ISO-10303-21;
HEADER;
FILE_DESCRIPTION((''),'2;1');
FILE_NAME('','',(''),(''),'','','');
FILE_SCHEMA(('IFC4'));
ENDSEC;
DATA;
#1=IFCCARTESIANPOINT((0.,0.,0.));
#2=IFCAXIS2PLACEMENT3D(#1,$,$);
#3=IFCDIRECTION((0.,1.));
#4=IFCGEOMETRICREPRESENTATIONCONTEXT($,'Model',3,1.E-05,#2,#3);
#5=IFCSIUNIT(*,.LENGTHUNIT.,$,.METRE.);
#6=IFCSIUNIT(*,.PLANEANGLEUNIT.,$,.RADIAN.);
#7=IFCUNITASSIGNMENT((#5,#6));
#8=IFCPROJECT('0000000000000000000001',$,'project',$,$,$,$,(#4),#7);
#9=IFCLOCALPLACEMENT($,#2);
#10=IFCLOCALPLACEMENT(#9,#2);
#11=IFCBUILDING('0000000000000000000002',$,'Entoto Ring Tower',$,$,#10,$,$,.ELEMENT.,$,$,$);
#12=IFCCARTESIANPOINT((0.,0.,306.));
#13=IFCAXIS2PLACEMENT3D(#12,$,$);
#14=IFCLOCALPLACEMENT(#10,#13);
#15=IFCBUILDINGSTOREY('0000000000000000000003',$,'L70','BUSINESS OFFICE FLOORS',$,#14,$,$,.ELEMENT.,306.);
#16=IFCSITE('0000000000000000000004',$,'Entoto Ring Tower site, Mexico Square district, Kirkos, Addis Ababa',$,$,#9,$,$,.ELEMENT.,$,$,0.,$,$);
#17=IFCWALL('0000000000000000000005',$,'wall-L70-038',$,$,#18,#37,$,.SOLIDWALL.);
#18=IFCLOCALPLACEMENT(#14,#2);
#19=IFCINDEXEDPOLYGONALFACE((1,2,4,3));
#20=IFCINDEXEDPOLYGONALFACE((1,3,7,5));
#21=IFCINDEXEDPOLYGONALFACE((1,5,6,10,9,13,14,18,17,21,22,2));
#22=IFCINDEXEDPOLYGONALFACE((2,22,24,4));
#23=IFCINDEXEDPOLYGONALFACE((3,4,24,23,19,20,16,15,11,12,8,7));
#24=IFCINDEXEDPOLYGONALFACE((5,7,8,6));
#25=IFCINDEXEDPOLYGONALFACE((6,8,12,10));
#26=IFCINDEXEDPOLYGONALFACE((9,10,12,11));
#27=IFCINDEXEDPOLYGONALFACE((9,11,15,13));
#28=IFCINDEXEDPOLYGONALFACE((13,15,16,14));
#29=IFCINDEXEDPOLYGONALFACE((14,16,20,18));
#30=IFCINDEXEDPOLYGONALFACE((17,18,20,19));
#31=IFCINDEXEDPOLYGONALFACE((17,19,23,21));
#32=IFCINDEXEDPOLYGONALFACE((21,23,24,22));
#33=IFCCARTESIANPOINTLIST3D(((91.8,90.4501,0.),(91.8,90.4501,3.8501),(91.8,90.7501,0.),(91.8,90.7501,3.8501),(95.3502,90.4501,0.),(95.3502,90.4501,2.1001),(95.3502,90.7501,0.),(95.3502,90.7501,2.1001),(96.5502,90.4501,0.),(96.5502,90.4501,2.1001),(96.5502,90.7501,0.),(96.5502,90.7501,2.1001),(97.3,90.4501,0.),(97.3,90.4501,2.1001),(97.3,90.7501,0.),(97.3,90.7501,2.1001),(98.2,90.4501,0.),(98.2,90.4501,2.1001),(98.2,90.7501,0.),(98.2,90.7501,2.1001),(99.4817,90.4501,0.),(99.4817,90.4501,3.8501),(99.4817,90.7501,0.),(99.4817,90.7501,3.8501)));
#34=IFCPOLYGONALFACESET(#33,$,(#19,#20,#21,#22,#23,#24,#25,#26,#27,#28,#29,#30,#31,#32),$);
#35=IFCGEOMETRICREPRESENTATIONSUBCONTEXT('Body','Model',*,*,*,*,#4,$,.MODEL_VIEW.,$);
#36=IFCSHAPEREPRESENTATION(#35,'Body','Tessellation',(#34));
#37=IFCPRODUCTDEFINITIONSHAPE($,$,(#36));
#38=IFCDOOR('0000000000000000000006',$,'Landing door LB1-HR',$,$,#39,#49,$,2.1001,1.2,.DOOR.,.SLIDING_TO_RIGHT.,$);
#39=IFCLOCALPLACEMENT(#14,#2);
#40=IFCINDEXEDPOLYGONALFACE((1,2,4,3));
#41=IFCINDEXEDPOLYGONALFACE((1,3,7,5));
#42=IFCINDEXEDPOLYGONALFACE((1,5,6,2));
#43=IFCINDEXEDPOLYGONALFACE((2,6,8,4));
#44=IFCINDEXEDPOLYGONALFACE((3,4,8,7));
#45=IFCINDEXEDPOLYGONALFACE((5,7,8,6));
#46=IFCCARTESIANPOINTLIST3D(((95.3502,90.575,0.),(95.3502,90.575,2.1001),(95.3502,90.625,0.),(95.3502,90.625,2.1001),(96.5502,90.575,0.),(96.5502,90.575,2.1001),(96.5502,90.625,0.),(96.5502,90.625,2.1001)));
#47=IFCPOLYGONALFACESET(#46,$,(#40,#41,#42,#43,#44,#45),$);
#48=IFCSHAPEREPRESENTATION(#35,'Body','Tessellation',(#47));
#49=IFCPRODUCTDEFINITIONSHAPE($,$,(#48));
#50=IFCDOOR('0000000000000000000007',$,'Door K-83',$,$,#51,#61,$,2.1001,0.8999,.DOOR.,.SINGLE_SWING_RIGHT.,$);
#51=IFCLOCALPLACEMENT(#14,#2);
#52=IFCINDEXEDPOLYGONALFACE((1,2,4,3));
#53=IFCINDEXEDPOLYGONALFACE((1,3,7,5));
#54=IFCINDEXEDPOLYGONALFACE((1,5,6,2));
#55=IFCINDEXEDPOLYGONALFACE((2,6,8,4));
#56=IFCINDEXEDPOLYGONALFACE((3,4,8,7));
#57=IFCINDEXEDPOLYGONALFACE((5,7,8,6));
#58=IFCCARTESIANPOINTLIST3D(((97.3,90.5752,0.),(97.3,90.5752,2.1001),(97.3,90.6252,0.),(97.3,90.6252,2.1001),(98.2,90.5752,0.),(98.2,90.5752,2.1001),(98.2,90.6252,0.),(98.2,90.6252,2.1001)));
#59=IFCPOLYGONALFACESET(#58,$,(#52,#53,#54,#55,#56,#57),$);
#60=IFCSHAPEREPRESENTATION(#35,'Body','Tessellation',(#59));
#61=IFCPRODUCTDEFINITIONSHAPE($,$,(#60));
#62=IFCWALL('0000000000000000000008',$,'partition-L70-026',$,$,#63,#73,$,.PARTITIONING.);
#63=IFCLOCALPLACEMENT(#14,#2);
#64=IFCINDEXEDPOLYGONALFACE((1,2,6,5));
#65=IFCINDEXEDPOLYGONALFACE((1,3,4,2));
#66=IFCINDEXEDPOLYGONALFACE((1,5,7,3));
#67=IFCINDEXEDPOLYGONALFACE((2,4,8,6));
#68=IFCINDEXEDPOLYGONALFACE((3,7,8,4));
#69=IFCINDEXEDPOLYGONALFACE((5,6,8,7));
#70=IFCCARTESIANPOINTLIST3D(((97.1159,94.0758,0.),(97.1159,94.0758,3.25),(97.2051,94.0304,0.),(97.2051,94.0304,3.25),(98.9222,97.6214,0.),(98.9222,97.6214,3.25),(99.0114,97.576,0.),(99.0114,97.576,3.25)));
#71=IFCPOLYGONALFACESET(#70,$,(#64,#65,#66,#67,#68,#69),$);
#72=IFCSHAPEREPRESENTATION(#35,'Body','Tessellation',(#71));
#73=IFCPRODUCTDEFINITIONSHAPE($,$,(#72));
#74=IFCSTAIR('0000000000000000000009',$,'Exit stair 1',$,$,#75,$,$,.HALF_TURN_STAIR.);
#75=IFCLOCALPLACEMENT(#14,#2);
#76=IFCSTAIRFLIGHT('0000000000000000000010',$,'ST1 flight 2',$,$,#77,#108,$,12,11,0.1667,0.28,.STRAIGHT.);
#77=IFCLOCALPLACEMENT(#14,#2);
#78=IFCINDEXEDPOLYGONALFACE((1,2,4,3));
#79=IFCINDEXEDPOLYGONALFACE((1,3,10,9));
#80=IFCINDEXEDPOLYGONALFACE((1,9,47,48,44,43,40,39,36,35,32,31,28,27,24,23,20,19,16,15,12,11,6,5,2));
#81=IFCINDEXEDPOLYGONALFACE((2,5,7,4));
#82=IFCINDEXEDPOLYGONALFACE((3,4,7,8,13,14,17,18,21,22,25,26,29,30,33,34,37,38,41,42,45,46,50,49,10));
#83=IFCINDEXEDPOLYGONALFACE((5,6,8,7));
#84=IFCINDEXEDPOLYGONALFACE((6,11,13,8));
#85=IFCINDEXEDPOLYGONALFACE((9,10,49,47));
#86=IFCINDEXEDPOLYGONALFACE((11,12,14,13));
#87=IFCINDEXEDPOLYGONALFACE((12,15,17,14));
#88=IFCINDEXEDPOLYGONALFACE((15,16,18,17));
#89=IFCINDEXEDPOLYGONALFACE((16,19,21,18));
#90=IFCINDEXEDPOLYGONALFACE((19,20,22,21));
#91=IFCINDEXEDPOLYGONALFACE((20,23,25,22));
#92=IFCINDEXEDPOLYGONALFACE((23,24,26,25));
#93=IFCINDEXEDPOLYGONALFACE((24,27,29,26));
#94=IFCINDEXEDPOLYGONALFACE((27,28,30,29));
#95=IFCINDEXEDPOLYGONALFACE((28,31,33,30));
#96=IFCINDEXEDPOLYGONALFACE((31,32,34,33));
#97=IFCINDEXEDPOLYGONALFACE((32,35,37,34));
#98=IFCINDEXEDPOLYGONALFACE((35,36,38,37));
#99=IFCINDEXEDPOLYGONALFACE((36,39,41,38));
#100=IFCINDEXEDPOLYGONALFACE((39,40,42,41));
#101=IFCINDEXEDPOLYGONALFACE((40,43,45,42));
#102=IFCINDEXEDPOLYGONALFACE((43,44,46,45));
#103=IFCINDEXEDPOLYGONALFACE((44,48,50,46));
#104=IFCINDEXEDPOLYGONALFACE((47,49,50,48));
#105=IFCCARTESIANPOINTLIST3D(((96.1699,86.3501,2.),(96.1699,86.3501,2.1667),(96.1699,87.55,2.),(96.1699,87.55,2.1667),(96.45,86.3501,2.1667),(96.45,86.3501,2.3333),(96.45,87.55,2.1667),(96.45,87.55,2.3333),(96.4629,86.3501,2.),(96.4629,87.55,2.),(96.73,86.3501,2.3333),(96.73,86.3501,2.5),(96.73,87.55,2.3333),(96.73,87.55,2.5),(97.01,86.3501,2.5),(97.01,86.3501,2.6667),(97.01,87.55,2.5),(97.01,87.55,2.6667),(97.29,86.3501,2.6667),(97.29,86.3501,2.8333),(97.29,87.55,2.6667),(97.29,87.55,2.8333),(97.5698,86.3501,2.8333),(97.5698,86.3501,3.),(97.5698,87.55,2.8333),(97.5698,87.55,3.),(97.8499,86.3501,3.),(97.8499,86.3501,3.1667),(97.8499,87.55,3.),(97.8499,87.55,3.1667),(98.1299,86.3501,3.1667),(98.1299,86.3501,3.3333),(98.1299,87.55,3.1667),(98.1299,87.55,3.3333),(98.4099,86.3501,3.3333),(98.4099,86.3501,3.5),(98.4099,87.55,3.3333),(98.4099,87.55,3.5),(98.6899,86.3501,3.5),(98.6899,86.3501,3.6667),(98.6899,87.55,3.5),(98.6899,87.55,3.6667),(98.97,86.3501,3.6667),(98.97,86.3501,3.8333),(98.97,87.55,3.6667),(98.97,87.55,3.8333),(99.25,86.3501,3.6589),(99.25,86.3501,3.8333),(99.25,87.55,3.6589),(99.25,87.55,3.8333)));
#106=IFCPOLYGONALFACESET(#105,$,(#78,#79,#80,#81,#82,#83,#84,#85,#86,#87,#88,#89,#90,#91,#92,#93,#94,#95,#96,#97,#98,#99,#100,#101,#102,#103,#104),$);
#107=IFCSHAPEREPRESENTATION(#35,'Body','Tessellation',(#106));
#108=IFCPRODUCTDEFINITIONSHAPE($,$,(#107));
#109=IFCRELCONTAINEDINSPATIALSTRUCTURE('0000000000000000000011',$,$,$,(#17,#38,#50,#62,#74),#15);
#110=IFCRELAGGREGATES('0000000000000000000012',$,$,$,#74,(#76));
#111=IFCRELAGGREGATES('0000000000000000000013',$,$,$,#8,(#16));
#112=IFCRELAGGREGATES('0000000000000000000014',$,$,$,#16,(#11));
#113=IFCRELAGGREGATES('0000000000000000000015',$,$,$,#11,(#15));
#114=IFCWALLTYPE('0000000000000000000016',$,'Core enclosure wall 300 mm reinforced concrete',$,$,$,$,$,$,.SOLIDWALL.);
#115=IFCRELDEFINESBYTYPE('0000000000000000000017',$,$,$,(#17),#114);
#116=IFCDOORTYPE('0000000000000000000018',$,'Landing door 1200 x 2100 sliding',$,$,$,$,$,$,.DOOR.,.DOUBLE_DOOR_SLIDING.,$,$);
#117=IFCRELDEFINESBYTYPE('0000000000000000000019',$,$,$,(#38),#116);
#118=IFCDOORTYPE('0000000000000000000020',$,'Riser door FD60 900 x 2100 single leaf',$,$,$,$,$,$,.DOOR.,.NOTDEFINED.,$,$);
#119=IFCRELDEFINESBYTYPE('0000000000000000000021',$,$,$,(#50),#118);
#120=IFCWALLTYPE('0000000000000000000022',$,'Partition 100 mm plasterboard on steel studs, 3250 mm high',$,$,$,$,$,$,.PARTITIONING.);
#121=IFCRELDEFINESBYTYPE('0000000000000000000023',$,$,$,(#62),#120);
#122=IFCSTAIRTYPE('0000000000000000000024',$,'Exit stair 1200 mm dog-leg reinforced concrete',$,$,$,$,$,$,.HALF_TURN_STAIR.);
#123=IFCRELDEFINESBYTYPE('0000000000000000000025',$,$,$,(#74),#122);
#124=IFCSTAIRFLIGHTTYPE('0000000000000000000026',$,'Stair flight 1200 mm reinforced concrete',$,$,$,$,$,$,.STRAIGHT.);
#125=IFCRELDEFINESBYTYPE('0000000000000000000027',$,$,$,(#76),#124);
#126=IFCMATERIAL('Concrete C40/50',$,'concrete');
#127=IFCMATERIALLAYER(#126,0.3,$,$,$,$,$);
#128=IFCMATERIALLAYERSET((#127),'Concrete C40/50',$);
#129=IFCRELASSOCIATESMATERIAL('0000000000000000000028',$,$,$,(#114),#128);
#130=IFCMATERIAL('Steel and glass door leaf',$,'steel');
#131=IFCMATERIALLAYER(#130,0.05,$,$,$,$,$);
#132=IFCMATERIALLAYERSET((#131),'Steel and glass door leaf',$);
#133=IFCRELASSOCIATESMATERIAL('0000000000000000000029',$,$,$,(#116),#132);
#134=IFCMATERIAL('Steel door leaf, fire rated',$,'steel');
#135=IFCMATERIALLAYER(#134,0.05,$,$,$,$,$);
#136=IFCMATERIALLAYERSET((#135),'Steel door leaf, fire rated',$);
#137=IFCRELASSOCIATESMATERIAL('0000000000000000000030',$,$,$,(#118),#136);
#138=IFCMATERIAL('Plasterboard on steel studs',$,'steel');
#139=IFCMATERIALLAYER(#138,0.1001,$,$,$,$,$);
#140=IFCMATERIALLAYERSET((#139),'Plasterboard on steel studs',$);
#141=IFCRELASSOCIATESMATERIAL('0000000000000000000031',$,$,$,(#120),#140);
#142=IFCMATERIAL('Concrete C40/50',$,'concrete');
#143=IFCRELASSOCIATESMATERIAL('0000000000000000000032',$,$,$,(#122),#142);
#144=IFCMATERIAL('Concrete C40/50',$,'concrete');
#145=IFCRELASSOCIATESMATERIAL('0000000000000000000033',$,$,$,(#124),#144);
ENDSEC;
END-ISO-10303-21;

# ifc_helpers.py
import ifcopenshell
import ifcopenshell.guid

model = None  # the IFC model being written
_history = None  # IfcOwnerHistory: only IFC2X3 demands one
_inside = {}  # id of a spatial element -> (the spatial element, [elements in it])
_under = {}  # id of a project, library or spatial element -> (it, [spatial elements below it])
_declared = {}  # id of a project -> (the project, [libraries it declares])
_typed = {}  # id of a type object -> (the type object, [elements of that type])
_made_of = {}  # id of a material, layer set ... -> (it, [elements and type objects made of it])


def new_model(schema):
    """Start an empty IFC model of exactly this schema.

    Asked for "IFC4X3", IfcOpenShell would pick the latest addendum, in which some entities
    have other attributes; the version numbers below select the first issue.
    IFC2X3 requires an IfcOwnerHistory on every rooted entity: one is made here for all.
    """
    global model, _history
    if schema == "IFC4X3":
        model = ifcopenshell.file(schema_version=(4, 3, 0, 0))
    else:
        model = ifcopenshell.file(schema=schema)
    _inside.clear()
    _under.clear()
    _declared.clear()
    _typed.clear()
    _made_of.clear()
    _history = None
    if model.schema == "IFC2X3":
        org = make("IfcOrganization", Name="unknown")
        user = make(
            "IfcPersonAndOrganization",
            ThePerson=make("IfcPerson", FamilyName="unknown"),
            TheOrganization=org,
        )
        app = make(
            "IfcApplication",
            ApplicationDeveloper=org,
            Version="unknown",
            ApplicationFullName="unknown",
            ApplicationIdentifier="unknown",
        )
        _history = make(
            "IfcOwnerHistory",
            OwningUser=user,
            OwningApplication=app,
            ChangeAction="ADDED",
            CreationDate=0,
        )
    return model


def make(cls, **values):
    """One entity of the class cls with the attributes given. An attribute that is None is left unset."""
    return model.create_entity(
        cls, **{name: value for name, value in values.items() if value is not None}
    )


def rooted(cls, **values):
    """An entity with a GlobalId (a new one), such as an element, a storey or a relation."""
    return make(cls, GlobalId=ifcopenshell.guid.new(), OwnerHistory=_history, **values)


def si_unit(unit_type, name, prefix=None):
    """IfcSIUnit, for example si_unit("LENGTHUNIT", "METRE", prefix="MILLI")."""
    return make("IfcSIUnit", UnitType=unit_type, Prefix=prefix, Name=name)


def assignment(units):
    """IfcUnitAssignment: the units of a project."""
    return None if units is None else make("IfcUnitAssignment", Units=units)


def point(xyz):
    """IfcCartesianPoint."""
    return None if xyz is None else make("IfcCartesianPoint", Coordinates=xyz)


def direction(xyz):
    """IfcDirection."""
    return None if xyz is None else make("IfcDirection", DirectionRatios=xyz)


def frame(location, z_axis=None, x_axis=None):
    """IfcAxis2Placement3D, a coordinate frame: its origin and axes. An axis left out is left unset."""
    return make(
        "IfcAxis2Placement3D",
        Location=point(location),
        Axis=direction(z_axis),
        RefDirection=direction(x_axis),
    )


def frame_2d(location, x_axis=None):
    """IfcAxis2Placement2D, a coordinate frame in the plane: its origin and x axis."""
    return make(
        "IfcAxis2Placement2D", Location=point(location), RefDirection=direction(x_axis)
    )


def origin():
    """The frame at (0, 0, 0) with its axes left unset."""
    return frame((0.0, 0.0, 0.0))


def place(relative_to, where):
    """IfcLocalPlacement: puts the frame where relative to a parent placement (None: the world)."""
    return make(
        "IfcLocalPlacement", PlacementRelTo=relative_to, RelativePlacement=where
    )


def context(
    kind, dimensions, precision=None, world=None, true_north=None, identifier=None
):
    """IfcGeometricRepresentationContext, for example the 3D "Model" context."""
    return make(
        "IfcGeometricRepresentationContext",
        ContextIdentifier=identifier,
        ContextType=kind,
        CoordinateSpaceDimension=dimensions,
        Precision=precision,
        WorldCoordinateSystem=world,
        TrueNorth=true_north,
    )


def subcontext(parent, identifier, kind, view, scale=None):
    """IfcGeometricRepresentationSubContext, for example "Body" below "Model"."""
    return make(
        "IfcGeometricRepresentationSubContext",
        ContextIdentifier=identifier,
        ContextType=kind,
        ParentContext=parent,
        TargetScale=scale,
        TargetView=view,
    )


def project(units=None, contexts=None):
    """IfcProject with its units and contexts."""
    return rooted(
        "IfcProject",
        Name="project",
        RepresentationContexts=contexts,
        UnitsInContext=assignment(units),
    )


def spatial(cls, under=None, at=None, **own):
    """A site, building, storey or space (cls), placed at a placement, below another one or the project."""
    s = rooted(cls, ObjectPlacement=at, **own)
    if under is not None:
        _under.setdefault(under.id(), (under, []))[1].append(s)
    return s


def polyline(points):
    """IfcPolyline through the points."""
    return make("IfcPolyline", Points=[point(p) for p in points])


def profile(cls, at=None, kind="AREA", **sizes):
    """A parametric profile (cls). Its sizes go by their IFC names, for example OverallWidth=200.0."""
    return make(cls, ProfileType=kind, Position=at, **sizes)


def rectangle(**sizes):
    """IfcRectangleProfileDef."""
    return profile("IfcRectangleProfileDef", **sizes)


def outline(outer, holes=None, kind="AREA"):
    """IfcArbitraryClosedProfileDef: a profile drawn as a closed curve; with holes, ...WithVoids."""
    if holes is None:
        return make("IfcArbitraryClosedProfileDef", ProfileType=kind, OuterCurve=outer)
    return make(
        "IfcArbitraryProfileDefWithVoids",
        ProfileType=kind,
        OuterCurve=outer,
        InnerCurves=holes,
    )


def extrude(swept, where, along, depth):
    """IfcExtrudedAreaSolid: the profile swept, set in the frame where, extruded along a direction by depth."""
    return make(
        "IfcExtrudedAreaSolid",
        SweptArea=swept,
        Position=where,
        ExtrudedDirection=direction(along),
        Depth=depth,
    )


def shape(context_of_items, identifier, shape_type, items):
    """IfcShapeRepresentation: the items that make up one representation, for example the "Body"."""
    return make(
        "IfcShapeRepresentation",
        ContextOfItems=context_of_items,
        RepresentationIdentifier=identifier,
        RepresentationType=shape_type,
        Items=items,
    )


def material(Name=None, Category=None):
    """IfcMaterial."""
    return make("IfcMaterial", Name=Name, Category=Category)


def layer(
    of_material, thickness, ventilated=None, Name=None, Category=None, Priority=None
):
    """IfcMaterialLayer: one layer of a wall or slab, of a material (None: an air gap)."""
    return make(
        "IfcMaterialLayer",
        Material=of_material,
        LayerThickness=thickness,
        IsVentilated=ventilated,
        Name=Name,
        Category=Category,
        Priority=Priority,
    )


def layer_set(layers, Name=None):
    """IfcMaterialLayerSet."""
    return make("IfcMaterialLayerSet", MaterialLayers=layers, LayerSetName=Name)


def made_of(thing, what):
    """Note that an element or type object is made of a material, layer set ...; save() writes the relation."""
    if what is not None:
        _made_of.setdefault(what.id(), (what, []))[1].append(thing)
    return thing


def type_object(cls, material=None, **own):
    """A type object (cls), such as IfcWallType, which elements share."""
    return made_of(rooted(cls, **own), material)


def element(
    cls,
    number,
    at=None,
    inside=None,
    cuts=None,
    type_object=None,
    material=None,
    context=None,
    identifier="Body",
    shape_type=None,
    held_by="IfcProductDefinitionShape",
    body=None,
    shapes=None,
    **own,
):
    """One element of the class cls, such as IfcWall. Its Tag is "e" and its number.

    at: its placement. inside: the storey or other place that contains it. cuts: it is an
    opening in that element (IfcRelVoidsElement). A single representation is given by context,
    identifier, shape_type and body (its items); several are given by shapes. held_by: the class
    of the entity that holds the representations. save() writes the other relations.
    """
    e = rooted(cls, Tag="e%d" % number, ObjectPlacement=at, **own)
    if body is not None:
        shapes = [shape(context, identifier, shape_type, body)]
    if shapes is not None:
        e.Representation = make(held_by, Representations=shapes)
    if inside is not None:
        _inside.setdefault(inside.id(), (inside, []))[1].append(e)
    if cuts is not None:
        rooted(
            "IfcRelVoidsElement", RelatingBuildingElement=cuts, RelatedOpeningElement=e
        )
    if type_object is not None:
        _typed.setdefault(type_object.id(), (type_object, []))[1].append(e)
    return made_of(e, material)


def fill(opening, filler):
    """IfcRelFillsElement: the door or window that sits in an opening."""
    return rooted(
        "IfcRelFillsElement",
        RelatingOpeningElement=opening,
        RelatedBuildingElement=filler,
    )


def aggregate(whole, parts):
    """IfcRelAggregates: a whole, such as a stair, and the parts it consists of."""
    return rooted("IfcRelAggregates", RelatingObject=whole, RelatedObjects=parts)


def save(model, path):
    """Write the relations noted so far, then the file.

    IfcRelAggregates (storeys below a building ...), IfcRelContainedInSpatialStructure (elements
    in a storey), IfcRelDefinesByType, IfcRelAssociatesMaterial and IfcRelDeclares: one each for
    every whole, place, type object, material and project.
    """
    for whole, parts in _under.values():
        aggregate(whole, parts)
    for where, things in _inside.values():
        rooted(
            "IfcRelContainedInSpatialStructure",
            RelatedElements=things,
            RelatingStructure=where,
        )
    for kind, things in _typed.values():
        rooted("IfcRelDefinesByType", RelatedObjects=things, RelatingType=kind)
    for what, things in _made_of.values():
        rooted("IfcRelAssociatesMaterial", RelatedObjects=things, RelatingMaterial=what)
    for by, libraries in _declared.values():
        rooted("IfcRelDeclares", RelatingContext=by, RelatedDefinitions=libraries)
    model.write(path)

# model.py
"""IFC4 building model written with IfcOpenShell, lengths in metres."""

from ifc_helpers import new_model, si_unit, direction, frame, frame_2d, origin, place, context, subcontext, project, spatial, polyline, rectangle, outline, extrude, material, layer, layer_set, type_object, element, fill, aggregate, save


model = new_model("IFC4")

# Units and contexts
model_context = context("Model", 3, precision=1e-05, world=origin(), true_north=direction((0.0, 1.0)))
body_context = subcontext(model_context, "Body", "Model", "MODEL_VIEW")
ifc_project = project(units=[si_unit("LENGTHUNIT", "METRE"), si_unit("PLANEANGLEUNIT", "RADIAN")], contexts=[model_context])

# Site, building, storey
site_placement = place(None, origin())
site = spatial("IfcSite", under=ifc_project, at=site_placement, Name="Entoto Ring Tower site, Mexico Square district, Kirkos, Addis Ababa", CompositionType="ELEMENT", RefElevation=0.0)
building_placement = place(site_placement, origin())
building = spatial("IfcBuilding", under=site, at=building_placement, Name="Entoto Ring Tower", CompositionType="ELEMENT")
storey_placement = place(building_placement, frame((0.0, 0.0, 306.0)))
storey = spatial("IfcBuildingStorey", under=building, at=storey_placement, Name="L70", Description="BUSINESS OFFICE FLOORS", CompositionType="ELEMENT", Elevation=306.0)

# Shared definitions
ifc_material_1 = material(Name="Concrete C40/50", Category="concrete")
ifc_layer_1 = layer(ifc_material_1, 0.3)
ifc_layer_set_1 = layer_set([ifc_layer_1], Name="Concrete C40/50")
wall_type_1 = type_object("IfcWallType", Name="Core enclosure wall 300 mm reinforced concrete", PredefinedType="SOLIDWALL", material=ifc_layer_set_1)

# Shared definitions
ifc_material_2 = material(Name="Steel and glass door leaf", Category="steel")
ifc_layer_2 = layer(ifc_material_2, 0.05)
ifc_layer_set_2 = layer_set([ifc_layer_2], Name="Steel and glass door leaf")
door_type_1 = type_object("IfcDoorType", Name="Landing door 1200 x 2100 sliding", OperationType="DOUBLE_DOOR_SLIDING", PredefinedType="DOOR", material=ifc_layer_set_2)

# Wall, openings, doors
wall_1_placement = place(storey_placement, frame((91.8, 90.6001, 0.0), z_axis=(0.0, 0.0, 1.0), x_axis=(1.0, 0.0, 0.0)))
wall_1 = element("IfcWall", 1, at=wall_1_placement, inside=storey, type_object=wall_type_1, Name="wall-L70-038", PredefinedType="SOLIDWALL", context=body_context, shape_type="SweptSolid", body=[
    extrude(rectangle(XDim=7.6816, YDim=0.3, at=frame_2d((3.8408, 0.0))), origin(), (0.0, 0.0, 1.0), 3.8501),
])
opening_1_placement = place(wall_1_placement, frame((3.55, 0.0, 0.0)))
opening_1 = element("IfcOpeningElement", 2, at=opening_1_placement, cuts=wall_1, PredefinedType="OPENING", context=body_context, shape_type="SweptSolid", body=[
    extrude(rectangle(XDim=1.2, YDim=2.1001, at=frame_2d((0.6001, 1.05))), frame((0.0, 0.1602, 0.0), z_axis=(0.0, -1.0, 0.0), x_axis=(1.0, 0.0, 0.0)), (0.0, 0.0, 1.0), 0.3201),
])
opening_2_placement = place(wall_1_placement, frame((5.5, 0.0, 0.0)))
opening_2 = element("IfcOpeningElement", 3, at=opening_2_placement, cuts=wall_1, PredefinedType="OPENING", context=body_context, shape_type="SweptSolid", body=[
    extrude(rectangle(XDim=0.8999, YDim=2.1001, at=frame_2d((0.45, 1.05))), frame((0.0, 0.1602, 0.0), z_axis=(0.0, -1.0, 0.0), x_axis=(1.0, 0.0, 0.0)), (0.0, 0.0, 1.0), 0.3201),
])
door_1_placement = place(opening_1_placement, origin())
door_1 = element("IfcDoor", 4, at=door_1_placement, inside=storey, type_object=door_type_1, Name="Landing door LB1-HR", OperationType="SLIDING_TO_RIGHT", OverallHeight=2.1001, OverallWidth=1.2, PredefinedType="DOOR", context=body_context, shape_type="SweptSolid", body=[
    extrude(rectangle(XDim=1.2, YDim=2.1001, at=frame_2d((0.6001, 1.05))), frame((0.0, 0.0249, 0.0), z_axis=(0.0, -1.0, 0.0), x_axis=(1.0, 0.0, 0.0)), (0.0, 0.0, 1.0), 0.05),
])
fill(opening_1, door_1)
ifc_material_3 = material(Name="Steel door leaf, fire rated", Category="steel")
ifc_layer_3 = layer(ifc_material_3, 0.05)
ifc_layer_set_3 = layer_set([ifc_layer_3], Name="Steel door leaf, fire rated")
door_type_2 = type_object("IfcDoorType", Name="Riser door FD60 900 x 2100 single leaf", OperationType="NOTDEFINED", PredefinedType="DOOR", material=ifc_layer_set_3)
door_2_placement = place(opening_2_placement, frame((0.8999, 0.0, 0.0), z_axis=(0.0, 0.0, 1.0), x_axis=(-1.0, 0.0, 0.0)))
door_2 = element("IfcDoor", 5, at=door_2_placement, inside=storey, type_object=door_type_2, Name="Door K-83", OperationType="SINGLE_SWING_RIGHT", OverallHeight=2.1001, OverallWidth=0.8999, PredefinedType="DOOR", context=body_context, shape_type="SweptSolid", body=[
    extrude(rectangle(XDim=0.8999, YDim=2.1001, at=frame_2d((0.45, 1.05))), frame((0.0, 0.0249, 0.0), z_axis=(0.0, -1.0, 0.0), x_axis=(1.0, 0.0, 0.0)), (0.0, 0.0, 1.0), 0.05),
])
fill(opening_2, door_2)

# Wall
ifc_material_4 = material(Name="Plasterboard on steel studs", Category="steel")
ifc_layer_4 = layer(ifc_material_4, 0.1001)
ifc_layer_set_4 = layer_set([ifc_layer_4], Name="Plasterboard on steel studs")
wall_type_2 = type_object("IfcWallType", Name="Partition 100 mm plasterboard on steel studs, 3250 mm high", PredefinedType="PARTITIONING", material=ifc_layer_set_4)
wall_2_placement = place(storey_placement, frame((97.1604, 94.053, 0.0), z_axis=(0.0, 0.0, 1.0), x_axis=(0.45395, 0.891027, 0.0)))
element("IfcWall", 6, at=wall_2_placement, inside=storey, type_object=wall_type_2, Name="partition-L70-026", PredefinedType="PARTITIONING", context=body_context, shape_type="SweptSolid", body=[
    extrude(rectangle(XDim=3.9792, YDim=0.1001, at=frame_2d((1.9897, 0.0))), origin(), (0.0, 0.0, 1.0), 3.25),
])

# Stair, stair flight
ifc_material_5 = material(Name="Concrete C40/50", Category="concrete")
stair_type = type_object("IfcStairType", Name="Exit stair 1200 mm dog-leg reinforced concrete", PredefinedType="HALF_TURN_STAIR", material=ifc_material_5)
stair_placement = place(storey_placement, origin())
stair = element("IfcStair", 7, at=stair_placement, inside=storey, type_object=stair_type, Name="Exit stair 1", PredefinedType="HALF_TURN_STAIR")
ifc_material_6 = material(Name="Concrete C40/50", Category="concrete")
stair_flight_type = type_object("IfcStairFlightType", Name="Stair flight 1200 mm reinforced concrete", PredefinedType="STRAIGHT", material=ifc_material_6)
stair_flight_placement = place(storey_placement, frame((96.1699, 86.95, 2.0), z_axis=(0.0, 0.0, 1.0), x_axis=(1.0, 0.0, 0.0)))
stair_flight = element("IfcStairFlight", 8, at=stair_flight_placement, type_object=stair_flight_type, Name="ST1 flight 2", NumberOfRisers=12, NumberOfTreads=11, PredefinedType="STRAIGHT", RiserHeight=0.1667, TreadLength=0.28, context=body_context, shape_type="SweptSolid", body=[
    extrude(outline(polyline([(0.0, 0.0), (0.0, 0.1667), (0.28, 0.1667), (0.28, 0.3333), (0.5601, 0.3333), (0.5601, 0.5), (0.8401, 0.5), (0.8401, 0.6667), (1.1201, 0.6667), (1.1201, 0.8333), (1.3999, 0.8333), (1.3999, 1.0), (1.6799, 1.0), (1.6799, 1.1667), (1.96, 1.1667), (1.96, 1.3333), (2.24, 1.3333), (2.24, 1.5), (2.52, 1.5), (2.52, 1.6667), (2.8, 1.6667), (2.8, 1.8333), (3.0801, 1.8333), (3.0801, 2.0), (3.0801, 1.6589), (0.293, 0.0), (0.0, 0.0)])), frame((0.0, 0.6001, 0.0), z_axis=(0.0, -1.0, 0.0), x_axis=(1.0, 0.0, 0.0)), (0.0, 0.0, 1.0), 1.2),
])
aggregate(stair, [stair_flight])

save(model, "model.ifc")
